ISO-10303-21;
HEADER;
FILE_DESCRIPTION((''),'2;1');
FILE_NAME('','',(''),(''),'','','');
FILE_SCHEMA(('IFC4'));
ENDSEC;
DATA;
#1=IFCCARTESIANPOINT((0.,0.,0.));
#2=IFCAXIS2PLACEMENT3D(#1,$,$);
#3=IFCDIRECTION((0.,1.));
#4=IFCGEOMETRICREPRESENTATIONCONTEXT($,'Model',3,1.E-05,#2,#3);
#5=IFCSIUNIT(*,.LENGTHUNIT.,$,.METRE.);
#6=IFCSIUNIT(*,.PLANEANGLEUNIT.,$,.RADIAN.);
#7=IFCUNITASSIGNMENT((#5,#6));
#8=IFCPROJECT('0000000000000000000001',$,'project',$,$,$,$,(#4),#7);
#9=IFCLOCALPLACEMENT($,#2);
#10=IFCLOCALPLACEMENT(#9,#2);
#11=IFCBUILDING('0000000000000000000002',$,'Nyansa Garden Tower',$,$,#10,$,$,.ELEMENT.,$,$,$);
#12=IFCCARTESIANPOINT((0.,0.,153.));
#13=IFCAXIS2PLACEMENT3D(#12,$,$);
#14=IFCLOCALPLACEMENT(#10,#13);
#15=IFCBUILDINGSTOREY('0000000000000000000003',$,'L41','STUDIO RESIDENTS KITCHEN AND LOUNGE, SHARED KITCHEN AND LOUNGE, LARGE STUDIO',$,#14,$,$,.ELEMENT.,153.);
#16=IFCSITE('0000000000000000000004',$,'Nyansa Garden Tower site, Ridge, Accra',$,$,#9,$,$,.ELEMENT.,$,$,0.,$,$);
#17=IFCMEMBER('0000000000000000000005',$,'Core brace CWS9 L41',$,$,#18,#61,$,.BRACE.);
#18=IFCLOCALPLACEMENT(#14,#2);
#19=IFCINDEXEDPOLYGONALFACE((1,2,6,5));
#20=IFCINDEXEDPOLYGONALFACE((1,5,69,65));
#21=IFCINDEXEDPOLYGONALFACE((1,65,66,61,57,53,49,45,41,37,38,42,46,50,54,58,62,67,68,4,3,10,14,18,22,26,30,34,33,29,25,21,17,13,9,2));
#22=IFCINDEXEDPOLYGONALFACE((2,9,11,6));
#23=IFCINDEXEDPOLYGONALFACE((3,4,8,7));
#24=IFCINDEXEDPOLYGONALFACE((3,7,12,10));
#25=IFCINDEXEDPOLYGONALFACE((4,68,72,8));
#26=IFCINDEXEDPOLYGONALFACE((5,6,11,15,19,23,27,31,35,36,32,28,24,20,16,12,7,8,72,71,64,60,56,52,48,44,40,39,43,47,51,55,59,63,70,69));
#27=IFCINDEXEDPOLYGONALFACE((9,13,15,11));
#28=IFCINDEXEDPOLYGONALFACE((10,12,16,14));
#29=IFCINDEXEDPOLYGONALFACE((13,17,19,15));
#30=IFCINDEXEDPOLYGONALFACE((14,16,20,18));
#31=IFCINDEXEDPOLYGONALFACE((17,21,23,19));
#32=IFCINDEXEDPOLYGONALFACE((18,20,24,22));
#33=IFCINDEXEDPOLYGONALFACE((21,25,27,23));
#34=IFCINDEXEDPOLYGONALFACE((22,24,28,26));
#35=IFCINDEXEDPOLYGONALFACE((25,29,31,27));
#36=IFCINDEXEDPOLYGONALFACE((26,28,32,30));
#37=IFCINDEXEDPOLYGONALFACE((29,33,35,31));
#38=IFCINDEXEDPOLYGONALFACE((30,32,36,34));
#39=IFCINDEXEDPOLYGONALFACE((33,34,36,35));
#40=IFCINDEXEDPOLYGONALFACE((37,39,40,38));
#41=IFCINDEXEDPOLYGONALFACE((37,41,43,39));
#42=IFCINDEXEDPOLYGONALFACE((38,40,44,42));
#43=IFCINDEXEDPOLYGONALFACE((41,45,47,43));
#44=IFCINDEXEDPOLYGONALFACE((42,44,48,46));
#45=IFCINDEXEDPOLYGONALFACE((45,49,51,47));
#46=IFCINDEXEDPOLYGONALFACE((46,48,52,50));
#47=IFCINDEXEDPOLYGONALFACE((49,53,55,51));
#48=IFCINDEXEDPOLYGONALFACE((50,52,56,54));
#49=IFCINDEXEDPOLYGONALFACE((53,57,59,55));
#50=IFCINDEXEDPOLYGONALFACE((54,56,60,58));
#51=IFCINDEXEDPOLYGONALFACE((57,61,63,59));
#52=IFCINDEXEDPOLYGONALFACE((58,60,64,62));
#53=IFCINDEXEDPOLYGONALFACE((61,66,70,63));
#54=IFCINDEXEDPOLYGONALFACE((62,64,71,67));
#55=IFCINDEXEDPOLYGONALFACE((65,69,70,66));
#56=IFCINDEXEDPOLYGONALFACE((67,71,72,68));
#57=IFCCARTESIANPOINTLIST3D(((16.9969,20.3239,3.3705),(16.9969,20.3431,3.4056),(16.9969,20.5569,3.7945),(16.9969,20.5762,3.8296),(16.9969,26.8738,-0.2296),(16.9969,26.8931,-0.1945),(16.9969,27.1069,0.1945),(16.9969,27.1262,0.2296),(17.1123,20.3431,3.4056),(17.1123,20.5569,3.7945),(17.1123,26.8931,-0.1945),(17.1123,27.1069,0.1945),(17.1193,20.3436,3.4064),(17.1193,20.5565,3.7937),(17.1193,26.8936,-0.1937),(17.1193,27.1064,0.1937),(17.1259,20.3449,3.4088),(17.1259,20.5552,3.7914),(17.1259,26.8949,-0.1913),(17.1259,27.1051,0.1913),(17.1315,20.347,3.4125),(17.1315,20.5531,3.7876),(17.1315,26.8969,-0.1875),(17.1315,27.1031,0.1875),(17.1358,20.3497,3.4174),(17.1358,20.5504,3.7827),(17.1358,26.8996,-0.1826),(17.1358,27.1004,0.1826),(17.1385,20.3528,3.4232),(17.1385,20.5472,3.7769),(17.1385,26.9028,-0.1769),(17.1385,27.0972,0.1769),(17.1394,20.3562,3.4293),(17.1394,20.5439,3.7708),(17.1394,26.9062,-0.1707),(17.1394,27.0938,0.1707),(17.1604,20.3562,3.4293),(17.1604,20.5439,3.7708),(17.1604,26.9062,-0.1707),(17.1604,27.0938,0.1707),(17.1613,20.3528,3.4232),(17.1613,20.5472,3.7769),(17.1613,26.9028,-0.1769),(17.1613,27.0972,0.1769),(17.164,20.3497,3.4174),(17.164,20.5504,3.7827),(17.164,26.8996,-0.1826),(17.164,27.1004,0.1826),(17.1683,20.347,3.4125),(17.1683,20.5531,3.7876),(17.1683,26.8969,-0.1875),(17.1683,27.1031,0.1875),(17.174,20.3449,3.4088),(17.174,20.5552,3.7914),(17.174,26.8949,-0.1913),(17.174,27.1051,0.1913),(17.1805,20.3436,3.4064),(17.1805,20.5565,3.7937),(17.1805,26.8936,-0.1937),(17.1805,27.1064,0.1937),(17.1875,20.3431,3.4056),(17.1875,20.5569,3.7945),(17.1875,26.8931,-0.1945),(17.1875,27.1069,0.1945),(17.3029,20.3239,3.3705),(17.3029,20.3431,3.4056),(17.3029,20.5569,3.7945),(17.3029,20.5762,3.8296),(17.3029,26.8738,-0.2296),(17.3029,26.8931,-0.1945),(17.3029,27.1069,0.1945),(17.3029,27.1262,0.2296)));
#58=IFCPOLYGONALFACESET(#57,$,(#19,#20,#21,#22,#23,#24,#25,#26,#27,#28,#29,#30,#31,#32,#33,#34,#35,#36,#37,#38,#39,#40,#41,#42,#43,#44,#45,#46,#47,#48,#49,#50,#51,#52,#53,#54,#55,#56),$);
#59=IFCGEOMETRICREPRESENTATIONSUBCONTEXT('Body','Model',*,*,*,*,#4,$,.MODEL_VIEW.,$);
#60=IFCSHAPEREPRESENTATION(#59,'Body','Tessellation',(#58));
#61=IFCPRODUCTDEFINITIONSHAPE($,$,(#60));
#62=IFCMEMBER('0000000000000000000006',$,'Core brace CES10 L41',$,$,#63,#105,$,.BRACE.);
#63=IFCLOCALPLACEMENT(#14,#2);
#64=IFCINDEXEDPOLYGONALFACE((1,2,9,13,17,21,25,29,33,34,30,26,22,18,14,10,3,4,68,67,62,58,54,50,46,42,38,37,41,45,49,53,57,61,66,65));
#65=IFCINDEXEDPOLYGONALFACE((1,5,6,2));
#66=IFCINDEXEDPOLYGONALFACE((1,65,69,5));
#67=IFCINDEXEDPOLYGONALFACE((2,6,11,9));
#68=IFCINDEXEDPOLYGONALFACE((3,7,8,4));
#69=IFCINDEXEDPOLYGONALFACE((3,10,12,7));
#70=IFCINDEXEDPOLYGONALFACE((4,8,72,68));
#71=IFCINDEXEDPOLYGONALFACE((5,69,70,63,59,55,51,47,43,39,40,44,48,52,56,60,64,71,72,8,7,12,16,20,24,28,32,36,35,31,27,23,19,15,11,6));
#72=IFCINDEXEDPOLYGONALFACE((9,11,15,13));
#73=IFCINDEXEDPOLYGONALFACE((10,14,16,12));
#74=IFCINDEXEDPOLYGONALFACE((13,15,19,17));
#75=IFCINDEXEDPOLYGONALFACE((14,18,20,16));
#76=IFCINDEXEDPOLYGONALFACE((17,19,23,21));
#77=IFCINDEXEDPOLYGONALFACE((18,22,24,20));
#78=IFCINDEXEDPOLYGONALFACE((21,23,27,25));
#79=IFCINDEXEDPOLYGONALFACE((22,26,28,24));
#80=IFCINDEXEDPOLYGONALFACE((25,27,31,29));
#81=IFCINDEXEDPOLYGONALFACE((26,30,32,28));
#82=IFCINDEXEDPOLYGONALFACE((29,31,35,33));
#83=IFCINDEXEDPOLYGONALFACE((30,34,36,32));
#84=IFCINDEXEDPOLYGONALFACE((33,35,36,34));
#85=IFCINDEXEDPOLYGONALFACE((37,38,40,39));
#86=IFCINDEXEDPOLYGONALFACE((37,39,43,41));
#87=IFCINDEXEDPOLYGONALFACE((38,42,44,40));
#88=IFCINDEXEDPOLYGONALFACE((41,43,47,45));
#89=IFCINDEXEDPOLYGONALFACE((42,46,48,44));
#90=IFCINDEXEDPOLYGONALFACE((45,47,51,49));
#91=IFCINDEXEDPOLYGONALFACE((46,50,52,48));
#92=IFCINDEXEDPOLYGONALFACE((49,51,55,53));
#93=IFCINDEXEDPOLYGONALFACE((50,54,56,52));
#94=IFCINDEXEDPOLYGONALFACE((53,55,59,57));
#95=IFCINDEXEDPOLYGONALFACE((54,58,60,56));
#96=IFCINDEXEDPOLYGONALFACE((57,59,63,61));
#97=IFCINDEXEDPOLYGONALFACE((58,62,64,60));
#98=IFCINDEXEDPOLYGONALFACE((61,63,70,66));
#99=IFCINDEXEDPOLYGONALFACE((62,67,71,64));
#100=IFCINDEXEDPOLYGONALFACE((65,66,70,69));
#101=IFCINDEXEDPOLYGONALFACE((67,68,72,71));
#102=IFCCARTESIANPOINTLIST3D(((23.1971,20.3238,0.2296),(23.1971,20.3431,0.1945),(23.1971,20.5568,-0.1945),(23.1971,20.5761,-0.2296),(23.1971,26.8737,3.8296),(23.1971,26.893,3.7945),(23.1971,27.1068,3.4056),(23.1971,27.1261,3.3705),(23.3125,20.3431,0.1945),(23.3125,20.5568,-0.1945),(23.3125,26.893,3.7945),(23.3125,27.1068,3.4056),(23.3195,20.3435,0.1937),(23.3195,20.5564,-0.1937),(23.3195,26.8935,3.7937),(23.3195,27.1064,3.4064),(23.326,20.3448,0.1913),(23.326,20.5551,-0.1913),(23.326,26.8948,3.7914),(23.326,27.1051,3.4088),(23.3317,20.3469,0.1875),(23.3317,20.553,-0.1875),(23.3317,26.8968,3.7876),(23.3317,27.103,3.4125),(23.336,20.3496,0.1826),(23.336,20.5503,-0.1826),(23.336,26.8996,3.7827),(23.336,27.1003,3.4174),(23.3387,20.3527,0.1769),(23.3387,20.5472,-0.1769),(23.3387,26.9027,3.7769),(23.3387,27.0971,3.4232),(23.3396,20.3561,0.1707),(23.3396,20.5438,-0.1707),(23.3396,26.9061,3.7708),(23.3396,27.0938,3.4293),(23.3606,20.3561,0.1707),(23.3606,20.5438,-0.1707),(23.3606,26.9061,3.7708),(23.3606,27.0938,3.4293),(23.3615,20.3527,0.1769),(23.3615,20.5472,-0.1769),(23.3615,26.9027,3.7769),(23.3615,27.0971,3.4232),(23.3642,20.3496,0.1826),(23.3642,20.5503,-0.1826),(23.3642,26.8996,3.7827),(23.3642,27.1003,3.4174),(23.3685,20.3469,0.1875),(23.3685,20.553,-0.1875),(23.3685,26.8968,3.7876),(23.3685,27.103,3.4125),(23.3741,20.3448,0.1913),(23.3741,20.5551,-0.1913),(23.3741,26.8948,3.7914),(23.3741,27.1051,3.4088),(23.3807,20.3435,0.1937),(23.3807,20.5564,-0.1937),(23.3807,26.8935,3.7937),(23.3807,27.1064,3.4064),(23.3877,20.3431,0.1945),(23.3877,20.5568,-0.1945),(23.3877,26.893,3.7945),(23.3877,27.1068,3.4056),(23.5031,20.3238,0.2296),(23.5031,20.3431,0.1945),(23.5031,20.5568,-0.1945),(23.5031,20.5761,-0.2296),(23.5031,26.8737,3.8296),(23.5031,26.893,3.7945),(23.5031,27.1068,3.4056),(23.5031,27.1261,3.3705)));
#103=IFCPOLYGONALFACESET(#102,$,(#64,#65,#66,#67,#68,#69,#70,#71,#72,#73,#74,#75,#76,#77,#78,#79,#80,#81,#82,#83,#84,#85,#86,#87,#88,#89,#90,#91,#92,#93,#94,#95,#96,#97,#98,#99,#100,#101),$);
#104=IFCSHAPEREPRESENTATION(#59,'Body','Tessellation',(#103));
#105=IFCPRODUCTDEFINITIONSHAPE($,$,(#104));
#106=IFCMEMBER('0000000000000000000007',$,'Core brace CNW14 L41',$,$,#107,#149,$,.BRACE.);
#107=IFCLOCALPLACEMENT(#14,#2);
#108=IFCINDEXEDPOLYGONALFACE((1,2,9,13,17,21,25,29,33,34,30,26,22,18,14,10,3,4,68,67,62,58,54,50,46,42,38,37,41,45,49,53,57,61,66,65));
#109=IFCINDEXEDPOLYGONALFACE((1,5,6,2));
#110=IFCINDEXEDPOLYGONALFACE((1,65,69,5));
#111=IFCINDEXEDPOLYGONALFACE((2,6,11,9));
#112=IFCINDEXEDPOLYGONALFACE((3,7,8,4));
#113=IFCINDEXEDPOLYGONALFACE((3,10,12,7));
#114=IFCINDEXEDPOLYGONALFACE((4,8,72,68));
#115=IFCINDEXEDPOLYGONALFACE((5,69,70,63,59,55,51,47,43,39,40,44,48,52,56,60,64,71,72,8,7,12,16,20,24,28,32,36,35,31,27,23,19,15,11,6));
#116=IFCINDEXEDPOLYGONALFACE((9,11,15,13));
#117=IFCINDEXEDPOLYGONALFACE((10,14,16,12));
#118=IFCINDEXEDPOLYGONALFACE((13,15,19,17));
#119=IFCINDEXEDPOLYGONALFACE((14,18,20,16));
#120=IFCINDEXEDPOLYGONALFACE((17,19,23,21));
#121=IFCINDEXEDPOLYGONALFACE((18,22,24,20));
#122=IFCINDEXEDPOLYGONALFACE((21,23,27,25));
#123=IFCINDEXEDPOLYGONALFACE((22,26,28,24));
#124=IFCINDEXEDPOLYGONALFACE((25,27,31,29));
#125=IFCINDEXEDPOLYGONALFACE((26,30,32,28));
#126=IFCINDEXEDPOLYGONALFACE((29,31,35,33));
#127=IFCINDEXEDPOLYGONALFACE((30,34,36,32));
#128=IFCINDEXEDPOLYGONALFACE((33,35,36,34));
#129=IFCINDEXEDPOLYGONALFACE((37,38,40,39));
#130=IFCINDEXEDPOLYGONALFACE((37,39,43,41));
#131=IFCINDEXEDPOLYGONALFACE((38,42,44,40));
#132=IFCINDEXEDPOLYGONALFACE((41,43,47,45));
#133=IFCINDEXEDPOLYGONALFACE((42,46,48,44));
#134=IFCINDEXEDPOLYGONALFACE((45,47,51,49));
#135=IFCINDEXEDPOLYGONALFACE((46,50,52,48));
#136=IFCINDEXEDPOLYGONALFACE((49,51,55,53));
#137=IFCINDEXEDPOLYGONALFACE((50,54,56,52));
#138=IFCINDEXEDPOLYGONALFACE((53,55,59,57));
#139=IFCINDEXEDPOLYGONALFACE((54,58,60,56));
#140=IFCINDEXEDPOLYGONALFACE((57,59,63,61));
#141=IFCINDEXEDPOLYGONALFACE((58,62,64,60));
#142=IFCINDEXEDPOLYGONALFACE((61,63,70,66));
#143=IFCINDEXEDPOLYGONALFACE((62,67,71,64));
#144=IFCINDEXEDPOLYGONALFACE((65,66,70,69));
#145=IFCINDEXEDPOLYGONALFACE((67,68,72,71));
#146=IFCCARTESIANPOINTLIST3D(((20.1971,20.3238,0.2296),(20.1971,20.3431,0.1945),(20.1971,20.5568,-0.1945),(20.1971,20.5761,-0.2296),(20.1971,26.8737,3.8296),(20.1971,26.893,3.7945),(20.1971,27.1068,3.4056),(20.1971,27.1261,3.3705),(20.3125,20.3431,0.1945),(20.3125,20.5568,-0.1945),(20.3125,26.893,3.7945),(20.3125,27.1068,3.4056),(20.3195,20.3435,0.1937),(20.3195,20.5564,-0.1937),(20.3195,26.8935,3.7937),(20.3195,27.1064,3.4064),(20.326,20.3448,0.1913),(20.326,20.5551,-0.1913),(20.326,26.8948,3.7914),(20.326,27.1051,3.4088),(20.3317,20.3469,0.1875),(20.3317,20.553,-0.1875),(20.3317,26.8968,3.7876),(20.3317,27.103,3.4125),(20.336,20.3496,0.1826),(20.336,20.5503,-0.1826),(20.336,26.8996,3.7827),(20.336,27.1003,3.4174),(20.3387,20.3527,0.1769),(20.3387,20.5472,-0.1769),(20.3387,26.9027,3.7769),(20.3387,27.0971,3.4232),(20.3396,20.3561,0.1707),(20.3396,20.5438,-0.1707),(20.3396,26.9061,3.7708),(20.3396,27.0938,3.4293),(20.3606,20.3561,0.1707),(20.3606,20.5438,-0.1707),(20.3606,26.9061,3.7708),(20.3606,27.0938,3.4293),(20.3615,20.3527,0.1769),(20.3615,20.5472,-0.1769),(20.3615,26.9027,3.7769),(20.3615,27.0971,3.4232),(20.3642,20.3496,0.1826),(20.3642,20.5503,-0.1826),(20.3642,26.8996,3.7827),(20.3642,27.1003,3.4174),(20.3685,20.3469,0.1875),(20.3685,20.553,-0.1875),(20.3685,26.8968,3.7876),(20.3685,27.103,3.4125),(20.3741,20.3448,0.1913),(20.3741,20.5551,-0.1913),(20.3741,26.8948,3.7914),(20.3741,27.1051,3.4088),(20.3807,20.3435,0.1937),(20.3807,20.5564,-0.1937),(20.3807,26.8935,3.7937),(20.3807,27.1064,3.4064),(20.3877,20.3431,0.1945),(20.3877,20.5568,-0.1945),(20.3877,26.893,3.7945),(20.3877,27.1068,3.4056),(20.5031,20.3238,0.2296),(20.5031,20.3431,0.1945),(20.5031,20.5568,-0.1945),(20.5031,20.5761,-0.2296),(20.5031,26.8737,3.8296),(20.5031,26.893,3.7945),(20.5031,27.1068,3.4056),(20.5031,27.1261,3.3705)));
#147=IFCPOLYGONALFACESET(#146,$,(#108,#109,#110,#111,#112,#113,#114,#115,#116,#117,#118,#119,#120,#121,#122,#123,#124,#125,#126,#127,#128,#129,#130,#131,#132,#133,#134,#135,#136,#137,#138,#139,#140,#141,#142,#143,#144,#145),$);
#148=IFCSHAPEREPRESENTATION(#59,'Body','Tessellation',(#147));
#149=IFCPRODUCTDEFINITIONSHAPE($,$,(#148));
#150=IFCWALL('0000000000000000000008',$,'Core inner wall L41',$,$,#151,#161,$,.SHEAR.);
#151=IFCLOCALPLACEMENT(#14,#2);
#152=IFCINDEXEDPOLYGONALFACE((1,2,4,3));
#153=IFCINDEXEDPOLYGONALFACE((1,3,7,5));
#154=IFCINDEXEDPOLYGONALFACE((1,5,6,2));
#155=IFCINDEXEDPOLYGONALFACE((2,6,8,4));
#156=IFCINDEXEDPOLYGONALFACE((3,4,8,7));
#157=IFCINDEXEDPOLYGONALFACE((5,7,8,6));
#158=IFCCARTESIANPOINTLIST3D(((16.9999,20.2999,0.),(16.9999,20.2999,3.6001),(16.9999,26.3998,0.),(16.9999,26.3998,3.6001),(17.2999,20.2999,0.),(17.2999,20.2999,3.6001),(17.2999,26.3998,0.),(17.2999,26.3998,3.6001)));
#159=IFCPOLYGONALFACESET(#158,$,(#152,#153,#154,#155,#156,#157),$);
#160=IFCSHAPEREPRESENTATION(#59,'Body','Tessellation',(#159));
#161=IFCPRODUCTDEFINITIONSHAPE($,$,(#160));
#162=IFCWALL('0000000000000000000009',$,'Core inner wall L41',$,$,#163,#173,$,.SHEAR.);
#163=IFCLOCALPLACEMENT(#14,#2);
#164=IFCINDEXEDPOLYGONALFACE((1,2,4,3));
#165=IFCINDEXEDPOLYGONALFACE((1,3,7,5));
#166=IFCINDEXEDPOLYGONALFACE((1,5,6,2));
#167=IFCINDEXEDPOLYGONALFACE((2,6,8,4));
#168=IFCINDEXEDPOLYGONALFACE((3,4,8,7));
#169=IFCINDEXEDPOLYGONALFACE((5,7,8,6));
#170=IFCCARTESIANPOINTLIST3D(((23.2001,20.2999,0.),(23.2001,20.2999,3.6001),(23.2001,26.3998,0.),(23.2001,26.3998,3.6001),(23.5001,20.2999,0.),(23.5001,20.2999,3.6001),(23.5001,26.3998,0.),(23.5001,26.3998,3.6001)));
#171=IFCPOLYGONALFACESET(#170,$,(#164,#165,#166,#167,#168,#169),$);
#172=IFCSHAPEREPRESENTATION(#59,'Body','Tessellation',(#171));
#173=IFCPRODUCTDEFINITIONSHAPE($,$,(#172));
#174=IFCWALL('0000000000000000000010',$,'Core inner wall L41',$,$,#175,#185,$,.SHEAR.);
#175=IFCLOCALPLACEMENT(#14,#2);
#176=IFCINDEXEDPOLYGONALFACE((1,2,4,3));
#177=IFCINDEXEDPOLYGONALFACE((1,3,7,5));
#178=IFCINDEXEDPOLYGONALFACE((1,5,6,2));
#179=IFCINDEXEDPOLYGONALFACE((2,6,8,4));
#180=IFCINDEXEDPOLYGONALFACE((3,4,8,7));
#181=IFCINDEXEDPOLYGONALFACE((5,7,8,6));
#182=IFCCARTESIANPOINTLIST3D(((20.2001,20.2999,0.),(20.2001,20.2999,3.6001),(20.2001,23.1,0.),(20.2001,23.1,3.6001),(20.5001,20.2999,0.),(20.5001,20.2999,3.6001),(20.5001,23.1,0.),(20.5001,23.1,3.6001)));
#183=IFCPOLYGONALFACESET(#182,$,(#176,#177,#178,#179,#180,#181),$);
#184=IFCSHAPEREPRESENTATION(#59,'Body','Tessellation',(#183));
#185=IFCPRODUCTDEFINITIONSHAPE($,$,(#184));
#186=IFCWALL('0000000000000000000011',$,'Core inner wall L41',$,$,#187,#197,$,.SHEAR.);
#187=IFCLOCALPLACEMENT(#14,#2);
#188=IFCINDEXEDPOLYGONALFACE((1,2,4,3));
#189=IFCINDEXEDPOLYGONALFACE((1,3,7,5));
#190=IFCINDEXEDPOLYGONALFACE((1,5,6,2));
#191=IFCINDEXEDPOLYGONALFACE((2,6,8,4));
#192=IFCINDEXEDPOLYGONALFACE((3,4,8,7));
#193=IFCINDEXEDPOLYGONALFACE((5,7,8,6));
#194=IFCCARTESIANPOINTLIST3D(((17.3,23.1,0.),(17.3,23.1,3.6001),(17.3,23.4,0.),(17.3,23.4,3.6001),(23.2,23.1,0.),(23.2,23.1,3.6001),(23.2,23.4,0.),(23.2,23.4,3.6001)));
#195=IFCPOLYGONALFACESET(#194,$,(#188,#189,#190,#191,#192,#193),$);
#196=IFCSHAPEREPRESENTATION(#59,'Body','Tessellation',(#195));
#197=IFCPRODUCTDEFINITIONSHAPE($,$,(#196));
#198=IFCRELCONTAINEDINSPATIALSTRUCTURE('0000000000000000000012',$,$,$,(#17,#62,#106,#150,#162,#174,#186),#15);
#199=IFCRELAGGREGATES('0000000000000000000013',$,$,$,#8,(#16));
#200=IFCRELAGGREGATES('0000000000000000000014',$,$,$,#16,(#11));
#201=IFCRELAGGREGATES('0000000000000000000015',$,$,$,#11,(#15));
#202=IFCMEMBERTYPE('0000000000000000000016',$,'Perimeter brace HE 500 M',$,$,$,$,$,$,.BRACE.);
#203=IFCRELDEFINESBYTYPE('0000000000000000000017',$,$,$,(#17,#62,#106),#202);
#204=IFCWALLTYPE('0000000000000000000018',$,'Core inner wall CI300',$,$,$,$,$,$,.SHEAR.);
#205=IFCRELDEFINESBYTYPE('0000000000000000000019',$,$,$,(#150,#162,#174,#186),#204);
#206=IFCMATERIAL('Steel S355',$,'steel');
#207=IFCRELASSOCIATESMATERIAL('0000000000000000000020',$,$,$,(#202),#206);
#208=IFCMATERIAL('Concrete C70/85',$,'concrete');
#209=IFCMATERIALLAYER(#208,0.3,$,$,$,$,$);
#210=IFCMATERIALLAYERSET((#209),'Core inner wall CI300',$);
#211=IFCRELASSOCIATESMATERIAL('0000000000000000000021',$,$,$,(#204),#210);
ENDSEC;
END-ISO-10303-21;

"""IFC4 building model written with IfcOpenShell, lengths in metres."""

from ifc_helpers import new_model, si_unit, direction, frame, frame_2d, origin, origin_2d, place, context, subcontext, project, spatial, rectangle, i_section, extrude, material, layer, layer_set, material_profile, profile_set, type_object, element, save


model = new_model("IFC4")

# Units and contexts
model_context = context("Model", 3, precision=1e-05, world=origin(), true_north=direction((0.0, 1.0)))
body_context = subcontext(model_context, "Body", "Model", "MODEL_VIEW")
ifc_project = project(units=[si_unit("LENGTHUNIT", "METRE"), si_unit("PLANEANGLEUNIT", "RADIAN")], contexts=[model_context])

# Site, building, storey
site_placement = place(None, origin())
site = spatial("IfcSite", under=ifc_project, at=site_placement, Name="Nyansa Garden Tower site, Ridge, Accra", CompositionType="ELEMENT", RefElevation=0.0)
building_placement = place(site_placement, origin())
building = spatial("IfcBuilding", under=site, at=building_placement, Name="Nyansa Garden Tower", CompositionType="ELEMENT")
storey_placement = place(building_placement, frame((0.0, 0.0, 153.0)))
storey = spatial("IfcBuildingStorey", under=building, at=storey_placement, Name="L41", Description="STUDIO RESIDENTS KITCHEN AND LOUNGE, SHARED KITCHEN AND LOUNGE, LARGE STUDIO", CompositionType="ELEMENT", Elevation=153.0)

# Members
ifc_material_1 = material(Name="Steel S355", Category="steel")
ifc_material_profile = material_profile(ifc_material_1, i_section(OverallWidth=0.3059, OverallDepth=0.5239, WebThickness=0.021, FlangeThickness=0.04, FilletRadius=0.0271, at=origin_2d()), Name="HE 500 M")
ifc_profile_set = profile_set([ifc_material_profile], Name="Steel S355")
member_type = type_object("IfcMemberType", Name="Perimeter brace HE 500 M", PredefinedType="BRACE", material=ifc_profile_set)
for number, where, z_axis, x_axis, name in (
    (1, (17.1499, 27.0, 0.0), (0.0, -0.876353, 0.481669), (1.0, 0.0, 0.0), "Core brace CWS9 L41"),
    (2, (23.3501, 20.45, 0.0), (0.0, 0.876353, 0.481669), (-1.0, 0.0, 0.0), "Core brace CES10 L41"),
    (3, (20.3501, 20.45, 0.0), (0.0, 0.876353, 0.481669), (-1.0, 0.0, 0.0), "Core brace CNW14 L41"),
):
    element("IfcMember", number, at=place(storey_placement, frame(where, z_axis=z_axis, x_axis=x_axis)), inside=storey, type_object=member_type, Name=name, PredefinedType="BRACE", context=body_context, shape_type="SweptSolid", body=[
        extrude(i_section(OverallWidth=0.3059, OverallDepth=0.5239, WebThickness=0.021, FlangeThickness=0.04, FilletRadius=0.0271, at=origin_2d()), origin(), (0.0, 0.0, 1.0), 7.4741),
    ])

# Walls
ifc_material_2 = material(Name="Concrete C70/85", Category="concrete")
ifc_layer_1 = layer(ifc_material_2, 0.3)
ifc_layer_set_1 = layer_set([ifc_layer_1], Name="Core inner wall CI300")
wall_type_1 = type_object("IfcWallType", Name="Core inner wall CI300", PredefinedType="SHEAR", material=ifc_layer_set_1)
for number, where, z_axis, x_axis, name in (
    (4, (17.1499, 20.3, 0.0), (0.0, 0.0, 1.0), (0.0, 1.0, 0.0), "Core inner wall L41"),
    (5, (23.3501, 20.3, 0.0), (0.0, 0.0, 1.0), (0.0, 1.0, 0.0), "Core inner wall L41"),
):
    element("IfcWall", number, at=place(storey_placement, frame(where, z_axis=z_axis, x_axis=x_axis)), inside=storey, type_object=wall_type_1, Name=name, PredefinedType="SHEAR", context=body_context, shape_type="SweptSolid", body=[
        extrude(rectangle(XDim=6.0999, YDim=0.3, at=frame_2d((3.0498, 0.0))), origin(), (0.0, 0.0, 1.0), 3.6001),
    ])
wall_1_placement = place(storey_placement, frame((20.3501, 20.3, 0.0), z_axis=(0.0, 0.0, 1.0), x_axis=(0.0, 1.0, 0.0)))
element("IfcWall", 6, at=wall_1_placement, inside=storey, type_object=wall_type_1, Name="Core inner wall L41", PredefinedType="SHEAR", context=body_context, shape_type="SweptSolid", body=[
    extrude(rectangle(XDim=2.8, YDim=0.3, at=frame_2d((1.3999, 0.0))), origin(), (0.0, 0.0, 1.0), 3.6001),
])
wall_2_placement = place(storey_placement, frame((17.3, 23.25, 0.0), z_axis=(0.0, 0.0, 1.0), x_axis=(1.0, 0.0, 0.0)))
element("IfcWall", 7, at=wall_2_placement, inside=storey, type_object=wall_type_1, Name="Core inner wall L41", PredefinedType="SHEAR", context=body_context, shape_type="SweptSolid", body=[
    extrude(rectangle(XDim=5.8999, YDim=0.3, at=frame_2d((2.95, 0.0))), origin(), (0.0, 0.0, 1.0), 3.6001),
])

save(model, "model.ifc")
